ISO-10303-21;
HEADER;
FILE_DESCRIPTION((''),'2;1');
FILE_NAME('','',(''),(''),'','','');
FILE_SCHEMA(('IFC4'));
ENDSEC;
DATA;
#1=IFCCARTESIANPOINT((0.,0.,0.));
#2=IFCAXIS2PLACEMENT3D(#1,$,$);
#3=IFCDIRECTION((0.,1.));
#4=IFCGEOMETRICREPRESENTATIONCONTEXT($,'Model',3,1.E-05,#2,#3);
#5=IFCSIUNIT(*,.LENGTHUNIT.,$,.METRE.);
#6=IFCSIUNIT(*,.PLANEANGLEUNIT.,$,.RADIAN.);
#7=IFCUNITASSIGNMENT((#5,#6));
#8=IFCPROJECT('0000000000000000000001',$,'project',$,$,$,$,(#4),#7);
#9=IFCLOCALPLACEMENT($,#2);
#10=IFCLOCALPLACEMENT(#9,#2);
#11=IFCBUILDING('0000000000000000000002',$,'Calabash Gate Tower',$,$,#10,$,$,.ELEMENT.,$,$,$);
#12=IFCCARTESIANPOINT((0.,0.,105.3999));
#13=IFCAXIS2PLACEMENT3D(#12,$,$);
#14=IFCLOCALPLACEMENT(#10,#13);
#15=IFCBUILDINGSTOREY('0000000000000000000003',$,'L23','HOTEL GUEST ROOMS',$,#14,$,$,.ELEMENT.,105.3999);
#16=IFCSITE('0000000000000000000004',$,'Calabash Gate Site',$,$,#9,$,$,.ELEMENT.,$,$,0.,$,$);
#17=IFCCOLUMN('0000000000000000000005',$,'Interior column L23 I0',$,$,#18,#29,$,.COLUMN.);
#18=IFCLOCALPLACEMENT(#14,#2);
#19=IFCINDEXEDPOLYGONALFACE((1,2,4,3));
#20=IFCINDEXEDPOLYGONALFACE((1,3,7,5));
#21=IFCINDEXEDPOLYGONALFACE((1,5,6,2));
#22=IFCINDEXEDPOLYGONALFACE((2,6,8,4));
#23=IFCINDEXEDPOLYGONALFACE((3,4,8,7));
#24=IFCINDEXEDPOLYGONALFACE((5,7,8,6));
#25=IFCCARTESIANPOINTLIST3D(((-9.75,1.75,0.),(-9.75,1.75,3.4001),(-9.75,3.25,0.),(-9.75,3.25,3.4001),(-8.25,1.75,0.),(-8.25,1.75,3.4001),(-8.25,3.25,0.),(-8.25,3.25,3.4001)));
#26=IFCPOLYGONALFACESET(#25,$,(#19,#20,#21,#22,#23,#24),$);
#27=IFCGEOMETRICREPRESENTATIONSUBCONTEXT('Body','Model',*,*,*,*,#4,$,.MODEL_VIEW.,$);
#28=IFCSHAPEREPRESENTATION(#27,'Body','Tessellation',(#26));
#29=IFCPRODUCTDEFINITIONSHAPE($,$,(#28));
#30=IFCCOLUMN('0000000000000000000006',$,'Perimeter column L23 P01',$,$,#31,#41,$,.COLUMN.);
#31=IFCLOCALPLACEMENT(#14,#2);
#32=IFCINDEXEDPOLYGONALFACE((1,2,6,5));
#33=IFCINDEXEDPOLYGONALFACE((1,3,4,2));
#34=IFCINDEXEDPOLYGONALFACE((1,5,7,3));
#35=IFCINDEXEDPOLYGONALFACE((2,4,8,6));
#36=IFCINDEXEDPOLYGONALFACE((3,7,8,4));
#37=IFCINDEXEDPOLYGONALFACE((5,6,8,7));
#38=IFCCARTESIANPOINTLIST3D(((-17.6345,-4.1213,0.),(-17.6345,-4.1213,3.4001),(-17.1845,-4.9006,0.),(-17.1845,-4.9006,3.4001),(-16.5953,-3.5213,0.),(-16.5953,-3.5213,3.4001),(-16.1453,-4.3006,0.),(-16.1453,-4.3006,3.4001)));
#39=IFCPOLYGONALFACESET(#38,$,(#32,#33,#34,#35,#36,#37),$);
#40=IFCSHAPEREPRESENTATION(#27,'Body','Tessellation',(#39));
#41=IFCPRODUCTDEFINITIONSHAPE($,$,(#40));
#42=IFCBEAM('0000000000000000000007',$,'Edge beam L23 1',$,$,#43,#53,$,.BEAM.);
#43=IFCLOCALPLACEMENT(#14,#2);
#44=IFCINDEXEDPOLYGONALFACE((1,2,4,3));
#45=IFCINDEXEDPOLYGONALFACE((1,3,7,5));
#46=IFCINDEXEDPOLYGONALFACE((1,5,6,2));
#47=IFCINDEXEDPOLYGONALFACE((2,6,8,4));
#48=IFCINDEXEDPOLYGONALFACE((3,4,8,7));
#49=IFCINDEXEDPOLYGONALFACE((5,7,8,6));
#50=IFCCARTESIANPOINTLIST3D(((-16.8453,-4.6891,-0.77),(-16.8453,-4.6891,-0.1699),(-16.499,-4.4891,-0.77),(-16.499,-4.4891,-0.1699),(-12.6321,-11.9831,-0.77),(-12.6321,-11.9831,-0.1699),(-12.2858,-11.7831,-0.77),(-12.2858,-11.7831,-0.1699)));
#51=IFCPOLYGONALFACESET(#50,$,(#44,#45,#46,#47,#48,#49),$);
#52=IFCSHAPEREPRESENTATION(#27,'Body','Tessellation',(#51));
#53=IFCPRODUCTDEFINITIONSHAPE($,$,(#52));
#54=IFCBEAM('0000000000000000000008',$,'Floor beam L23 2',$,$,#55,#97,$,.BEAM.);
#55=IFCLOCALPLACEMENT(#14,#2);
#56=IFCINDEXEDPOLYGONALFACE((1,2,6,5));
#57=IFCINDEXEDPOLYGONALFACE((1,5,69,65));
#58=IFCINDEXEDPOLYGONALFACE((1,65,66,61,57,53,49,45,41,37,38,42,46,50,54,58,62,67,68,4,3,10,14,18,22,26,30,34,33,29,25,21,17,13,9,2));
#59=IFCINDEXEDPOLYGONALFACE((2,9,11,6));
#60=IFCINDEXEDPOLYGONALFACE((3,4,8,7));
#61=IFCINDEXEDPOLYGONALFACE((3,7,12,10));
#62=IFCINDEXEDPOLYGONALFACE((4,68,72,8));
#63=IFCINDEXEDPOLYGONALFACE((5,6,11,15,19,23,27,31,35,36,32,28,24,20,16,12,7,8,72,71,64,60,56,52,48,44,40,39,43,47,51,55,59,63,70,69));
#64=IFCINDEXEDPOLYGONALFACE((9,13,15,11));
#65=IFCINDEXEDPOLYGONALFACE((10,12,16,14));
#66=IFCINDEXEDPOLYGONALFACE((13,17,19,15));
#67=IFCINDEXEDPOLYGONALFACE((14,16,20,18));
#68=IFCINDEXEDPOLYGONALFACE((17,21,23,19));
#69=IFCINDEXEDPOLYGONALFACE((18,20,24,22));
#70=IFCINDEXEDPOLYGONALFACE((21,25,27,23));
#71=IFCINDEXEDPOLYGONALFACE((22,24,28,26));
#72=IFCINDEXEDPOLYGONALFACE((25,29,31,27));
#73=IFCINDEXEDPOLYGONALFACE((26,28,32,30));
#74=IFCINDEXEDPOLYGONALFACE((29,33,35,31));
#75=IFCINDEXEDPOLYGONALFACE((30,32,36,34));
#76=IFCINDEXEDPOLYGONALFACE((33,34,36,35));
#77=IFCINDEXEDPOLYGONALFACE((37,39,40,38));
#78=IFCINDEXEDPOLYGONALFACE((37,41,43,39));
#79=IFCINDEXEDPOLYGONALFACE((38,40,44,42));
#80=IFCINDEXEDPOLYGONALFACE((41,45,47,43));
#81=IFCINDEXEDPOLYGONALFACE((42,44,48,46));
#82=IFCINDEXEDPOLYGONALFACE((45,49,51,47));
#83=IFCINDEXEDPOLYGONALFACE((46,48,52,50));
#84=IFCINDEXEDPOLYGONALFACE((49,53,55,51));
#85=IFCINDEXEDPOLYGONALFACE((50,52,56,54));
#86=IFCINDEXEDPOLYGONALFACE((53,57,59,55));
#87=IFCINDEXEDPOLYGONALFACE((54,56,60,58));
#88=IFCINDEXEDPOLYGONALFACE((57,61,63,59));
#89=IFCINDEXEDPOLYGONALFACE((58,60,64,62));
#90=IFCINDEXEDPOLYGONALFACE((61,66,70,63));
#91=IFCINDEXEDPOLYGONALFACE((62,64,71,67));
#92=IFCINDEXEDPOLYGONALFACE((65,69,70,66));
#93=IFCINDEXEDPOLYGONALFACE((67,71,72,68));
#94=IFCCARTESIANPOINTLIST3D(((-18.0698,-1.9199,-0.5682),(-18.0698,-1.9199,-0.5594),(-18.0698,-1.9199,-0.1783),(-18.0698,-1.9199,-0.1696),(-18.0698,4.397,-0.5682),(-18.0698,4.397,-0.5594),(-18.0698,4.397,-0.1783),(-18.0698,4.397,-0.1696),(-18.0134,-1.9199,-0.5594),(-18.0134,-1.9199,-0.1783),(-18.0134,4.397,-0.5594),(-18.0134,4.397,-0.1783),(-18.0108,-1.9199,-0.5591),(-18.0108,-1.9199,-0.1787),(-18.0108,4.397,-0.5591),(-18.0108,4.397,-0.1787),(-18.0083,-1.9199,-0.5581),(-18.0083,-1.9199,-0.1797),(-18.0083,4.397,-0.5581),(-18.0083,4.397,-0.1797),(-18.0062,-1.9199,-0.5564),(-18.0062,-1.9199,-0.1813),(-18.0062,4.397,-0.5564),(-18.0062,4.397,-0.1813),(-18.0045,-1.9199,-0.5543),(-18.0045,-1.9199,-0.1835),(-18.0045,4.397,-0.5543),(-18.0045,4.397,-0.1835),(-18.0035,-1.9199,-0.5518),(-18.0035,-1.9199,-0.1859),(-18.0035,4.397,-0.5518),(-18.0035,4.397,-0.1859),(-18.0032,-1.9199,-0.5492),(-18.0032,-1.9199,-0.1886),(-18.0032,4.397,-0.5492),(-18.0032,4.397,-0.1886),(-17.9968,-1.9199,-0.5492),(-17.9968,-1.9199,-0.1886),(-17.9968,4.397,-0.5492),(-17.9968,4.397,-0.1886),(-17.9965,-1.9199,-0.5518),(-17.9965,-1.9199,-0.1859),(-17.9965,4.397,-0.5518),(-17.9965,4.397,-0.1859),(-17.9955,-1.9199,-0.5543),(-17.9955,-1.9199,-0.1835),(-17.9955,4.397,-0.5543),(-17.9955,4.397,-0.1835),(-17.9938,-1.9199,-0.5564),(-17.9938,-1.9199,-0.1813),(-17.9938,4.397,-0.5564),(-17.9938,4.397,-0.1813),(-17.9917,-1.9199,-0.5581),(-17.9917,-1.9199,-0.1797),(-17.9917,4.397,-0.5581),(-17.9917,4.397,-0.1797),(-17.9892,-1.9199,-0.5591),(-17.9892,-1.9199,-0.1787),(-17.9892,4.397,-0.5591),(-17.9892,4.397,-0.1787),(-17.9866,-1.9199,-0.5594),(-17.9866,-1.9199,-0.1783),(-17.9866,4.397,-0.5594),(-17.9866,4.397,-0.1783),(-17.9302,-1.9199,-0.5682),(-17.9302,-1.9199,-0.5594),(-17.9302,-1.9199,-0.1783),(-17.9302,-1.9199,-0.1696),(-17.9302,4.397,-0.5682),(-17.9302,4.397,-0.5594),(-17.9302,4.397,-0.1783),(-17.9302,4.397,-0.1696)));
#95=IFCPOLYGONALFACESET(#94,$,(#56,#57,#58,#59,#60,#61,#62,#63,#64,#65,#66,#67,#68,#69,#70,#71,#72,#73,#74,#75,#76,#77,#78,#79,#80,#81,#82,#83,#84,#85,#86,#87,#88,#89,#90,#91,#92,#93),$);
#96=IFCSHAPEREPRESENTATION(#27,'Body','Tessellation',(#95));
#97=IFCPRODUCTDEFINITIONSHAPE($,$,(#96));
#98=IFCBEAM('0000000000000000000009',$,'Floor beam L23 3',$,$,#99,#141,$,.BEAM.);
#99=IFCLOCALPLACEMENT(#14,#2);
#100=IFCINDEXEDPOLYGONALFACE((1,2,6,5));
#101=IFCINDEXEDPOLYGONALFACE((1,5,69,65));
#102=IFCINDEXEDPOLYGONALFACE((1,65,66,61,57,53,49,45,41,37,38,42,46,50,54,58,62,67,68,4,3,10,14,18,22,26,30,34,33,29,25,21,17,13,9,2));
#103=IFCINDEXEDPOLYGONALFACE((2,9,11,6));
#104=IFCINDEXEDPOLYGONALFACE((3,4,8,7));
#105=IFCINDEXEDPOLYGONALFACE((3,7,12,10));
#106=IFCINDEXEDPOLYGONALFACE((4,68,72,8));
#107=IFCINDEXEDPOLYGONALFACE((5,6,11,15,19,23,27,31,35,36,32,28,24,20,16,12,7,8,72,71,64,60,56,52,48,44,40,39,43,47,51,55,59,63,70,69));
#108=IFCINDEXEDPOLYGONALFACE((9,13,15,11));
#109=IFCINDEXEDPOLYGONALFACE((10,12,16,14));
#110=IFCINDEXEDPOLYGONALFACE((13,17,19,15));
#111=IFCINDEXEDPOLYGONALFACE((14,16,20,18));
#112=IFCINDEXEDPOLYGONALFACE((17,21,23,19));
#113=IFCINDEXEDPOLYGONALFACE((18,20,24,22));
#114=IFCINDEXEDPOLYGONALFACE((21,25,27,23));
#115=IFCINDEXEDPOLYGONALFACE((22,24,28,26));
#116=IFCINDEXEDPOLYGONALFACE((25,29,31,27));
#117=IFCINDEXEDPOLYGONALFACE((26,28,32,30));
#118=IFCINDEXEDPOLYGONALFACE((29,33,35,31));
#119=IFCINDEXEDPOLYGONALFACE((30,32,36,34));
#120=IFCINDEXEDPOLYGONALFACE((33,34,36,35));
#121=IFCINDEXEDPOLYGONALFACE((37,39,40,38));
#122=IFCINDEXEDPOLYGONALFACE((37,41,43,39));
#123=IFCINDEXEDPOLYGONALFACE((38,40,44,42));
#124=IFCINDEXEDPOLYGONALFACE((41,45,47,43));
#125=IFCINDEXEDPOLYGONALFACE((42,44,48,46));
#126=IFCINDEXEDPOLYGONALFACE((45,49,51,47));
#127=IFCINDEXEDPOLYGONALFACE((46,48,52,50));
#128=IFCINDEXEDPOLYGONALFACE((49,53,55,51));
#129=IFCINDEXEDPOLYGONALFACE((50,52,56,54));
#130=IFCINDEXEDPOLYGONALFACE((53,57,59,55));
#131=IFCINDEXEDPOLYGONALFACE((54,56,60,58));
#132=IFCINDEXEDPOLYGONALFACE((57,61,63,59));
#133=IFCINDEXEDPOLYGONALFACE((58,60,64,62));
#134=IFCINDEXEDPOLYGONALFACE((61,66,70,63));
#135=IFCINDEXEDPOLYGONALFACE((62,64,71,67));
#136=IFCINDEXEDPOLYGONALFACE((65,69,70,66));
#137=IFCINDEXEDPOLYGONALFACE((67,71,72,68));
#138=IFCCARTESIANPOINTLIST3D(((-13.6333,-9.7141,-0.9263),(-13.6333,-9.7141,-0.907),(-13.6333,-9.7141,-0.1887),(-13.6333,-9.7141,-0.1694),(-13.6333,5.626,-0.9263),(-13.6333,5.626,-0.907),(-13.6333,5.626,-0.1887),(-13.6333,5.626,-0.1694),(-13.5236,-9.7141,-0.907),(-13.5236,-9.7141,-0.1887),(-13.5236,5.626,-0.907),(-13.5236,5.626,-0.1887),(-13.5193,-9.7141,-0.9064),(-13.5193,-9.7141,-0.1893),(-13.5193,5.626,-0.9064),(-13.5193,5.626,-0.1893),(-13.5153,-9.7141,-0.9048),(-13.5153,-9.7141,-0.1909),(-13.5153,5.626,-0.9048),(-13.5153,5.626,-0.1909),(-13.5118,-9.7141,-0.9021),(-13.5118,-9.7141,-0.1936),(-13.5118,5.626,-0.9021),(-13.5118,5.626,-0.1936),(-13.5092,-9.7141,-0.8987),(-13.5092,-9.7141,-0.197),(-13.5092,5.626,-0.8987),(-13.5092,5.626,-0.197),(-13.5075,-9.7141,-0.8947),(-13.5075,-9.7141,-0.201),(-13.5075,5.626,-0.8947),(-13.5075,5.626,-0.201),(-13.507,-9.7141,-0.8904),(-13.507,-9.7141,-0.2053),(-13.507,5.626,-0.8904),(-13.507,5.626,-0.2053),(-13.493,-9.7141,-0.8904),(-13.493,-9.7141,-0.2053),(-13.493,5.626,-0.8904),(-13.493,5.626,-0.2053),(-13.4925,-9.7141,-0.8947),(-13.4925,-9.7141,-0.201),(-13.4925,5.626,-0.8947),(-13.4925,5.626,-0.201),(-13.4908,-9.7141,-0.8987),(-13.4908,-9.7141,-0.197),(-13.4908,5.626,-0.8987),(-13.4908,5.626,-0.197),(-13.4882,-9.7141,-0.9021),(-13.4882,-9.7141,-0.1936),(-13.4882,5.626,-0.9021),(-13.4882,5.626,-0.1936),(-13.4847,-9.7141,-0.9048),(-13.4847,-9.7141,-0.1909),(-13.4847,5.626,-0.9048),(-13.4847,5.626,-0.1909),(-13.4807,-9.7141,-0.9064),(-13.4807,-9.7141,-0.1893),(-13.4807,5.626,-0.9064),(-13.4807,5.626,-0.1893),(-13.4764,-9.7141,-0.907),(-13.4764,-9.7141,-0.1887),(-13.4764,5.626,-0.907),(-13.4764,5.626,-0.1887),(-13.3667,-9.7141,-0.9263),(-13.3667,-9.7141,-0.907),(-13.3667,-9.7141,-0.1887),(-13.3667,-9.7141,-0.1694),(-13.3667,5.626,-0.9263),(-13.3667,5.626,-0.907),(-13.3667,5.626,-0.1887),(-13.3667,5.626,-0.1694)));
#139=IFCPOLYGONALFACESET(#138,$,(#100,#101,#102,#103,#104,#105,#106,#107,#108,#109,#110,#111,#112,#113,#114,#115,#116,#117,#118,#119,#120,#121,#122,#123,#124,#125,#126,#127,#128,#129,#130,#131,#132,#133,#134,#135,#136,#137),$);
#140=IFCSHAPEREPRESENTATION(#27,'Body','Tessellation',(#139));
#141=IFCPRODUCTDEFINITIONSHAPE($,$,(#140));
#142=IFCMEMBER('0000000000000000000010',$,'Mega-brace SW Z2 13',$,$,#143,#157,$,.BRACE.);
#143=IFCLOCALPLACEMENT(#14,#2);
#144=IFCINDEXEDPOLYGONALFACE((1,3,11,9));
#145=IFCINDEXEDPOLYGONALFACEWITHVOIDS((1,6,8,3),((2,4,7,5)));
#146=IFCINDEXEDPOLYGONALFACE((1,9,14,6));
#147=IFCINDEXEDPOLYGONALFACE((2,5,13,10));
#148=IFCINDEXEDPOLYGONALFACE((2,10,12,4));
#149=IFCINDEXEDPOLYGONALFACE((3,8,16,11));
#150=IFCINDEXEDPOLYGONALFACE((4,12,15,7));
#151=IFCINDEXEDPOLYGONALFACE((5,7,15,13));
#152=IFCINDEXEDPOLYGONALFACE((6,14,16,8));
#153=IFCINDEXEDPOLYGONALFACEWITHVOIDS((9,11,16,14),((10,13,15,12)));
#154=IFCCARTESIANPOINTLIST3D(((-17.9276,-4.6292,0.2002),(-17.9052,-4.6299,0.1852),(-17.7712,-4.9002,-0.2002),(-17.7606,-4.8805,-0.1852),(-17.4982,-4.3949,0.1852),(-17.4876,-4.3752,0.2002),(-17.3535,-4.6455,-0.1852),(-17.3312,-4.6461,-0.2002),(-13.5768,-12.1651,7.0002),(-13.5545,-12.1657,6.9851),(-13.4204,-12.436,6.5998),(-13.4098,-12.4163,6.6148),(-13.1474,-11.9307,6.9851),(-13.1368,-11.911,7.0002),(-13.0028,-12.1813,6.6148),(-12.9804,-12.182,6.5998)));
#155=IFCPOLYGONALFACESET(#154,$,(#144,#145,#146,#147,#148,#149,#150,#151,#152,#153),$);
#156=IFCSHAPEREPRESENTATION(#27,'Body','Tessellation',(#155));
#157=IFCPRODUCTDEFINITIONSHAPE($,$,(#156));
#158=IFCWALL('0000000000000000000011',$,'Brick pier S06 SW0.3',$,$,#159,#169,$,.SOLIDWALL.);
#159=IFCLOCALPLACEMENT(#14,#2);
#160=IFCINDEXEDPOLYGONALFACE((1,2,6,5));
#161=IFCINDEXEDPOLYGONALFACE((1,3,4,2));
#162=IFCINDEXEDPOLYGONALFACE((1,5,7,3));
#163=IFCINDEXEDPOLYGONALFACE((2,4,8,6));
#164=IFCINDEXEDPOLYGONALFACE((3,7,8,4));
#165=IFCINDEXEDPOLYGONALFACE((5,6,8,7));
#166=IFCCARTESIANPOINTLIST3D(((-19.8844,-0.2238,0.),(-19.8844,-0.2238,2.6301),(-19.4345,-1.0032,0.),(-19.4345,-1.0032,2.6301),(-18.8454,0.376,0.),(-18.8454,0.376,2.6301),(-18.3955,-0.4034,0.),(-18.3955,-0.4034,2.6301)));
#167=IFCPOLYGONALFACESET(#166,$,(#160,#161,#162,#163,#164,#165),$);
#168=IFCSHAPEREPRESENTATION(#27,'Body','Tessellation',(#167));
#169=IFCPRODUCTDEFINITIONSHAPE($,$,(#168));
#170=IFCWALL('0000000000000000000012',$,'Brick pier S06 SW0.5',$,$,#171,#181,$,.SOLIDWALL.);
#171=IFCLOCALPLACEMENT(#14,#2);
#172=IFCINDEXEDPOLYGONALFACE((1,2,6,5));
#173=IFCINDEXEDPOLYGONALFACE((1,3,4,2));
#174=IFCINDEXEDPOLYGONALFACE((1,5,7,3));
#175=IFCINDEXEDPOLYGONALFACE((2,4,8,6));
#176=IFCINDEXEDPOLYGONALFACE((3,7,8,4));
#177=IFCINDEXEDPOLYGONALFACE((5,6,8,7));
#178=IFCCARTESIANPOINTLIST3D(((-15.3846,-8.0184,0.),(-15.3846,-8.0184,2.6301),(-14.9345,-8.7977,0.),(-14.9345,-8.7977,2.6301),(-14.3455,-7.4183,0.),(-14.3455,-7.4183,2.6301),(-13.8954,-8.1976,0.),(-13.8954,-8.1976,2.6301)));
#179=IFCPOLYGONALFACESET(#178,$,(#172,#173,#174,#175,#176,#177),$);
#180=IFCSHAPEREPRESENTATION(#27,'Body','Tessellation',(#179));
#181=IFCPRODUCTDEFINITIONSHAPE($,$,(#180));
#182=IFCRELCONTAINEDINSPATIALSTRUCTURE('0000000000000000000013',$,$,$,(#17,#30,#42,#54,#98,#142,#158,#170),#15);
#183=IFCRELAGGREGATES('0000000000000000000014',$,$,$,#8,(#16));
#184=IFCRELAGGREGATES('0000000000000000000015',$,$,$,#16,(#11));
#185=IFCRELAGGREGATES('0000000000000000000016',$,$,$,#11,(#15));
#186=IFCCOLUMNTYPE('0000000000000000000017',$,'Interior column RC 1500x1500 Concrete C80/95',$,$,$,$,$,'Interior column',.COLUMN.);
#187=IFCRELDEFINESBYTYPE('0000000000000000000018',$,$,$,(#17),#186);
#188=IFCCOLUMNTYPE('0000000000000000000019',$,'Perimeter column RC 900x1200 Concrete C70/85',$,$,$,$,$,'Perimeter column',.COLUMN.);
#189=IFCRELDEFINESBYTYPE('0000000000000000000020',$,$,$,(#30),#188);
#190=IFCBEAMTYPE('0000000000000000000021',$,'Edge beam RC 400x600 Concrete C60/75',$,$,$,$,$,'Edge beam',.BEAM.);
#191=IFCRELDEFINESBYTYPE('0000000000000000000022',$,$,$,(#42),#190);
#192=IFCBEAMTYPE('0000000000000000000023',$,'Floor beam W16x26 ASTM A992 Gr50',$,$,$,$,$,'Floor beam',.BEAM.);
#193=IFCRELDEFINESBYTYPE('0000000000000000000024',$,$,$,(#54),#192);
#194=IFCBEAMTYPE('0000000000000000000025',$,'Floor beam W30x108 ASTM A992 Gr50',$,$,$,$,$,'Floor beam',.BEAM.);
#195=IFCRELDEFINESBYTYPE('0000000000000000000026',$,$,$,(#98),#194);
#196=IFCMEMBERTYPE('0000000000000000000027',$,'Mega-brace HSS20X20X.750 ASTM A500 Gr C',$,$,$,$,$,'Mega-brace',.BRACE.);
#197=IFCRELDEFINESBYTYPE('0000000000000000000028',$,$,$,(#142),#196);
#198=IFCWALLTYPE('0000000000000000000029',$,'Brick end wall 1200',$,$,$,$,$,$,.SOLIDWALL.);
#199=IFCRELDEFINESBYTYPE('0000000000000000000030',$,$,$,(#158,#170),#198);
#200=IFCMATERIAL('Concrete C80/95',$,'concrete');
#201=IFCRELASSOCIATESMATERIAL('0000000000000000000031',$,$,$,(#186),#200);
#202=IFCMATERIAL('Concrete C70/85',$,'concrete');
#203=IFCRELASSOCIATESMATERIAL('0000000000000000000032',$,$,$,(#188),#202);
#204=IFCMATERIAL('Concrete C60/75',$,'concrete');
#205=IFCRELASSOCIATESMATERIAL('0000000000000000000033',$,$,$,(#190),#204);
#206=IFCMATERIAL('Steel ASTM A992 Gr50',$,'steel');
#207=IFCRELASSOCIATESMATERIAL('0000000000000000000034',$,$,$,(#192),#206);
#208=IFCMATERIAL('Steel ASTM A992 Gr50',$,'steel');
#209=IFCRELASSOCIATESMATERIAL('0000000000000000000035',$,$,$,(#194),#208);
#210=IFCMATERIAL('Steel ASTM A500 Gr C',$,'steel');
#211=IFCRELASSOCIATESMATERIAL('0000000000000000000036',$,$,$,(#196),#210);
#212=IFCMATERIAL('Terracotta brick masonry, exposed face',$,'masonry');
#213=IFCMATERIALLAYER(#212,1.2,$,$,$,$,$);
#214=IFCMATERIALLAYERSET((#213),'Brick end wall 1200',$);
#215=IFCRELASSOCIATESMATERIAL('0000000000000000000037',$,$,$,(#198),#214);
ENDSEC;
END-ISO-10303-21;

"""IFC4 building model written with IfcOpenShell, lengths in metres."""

from ifc_helpers import new_model, si_unit, direction, frame, frame_2d, origin, origin_2d, place, context, subcontext, project, spatial, rectangle, hollow_rectangle, i_section, extrude, material, layer, layer_set, material_profile, profile_set, type_object, element, save


model = new_model("IFC4")

# Units and contexts
model_context = context("Model", 3, precision=1e-05, world=origin(), true_north=direction((0.0, 1.0)))
body_context = subcontext(model_context, "Body", "Model", "MODEL_VIEW")
ifc_project = project(units=[si_unit("LENGTHUNIT", "METRE"), si_unit("PLANEANGLEUNIT", "RADIAN")], contexts=[model_context])

# Site, building, storey
site_placement = place(None, origin())
site = spatial("IfcSite", under=ifc_project, at=site_placement, Name="Calabash Gate Site", CompositionType="ELEMENT", RefElevation=0.0)
building_placement = place(site_placement, origin())
building = spatial("IfcBuilding", under=site, at=building_placement, Name="Calabash Gate Tower", CompositionType="ELEMENT")
storey_placement = place(building_placement, frame((0.0, 0.0, 105.3999)))
storey = spatial("IfcBuildingStorey", under=building, at=storey_placement, Name="L23", Description="HOTEL GUEST ROOMS", CompositionType="ELEMENT", Elevation=105.3999)

# Columns
ifc_material_1 = material(Name="Concrete C80/95", Category="concrete")
ifc_material_profile_1 = material_profile(ifc_material_1, rectangle(XDim=1.5, YDim=1.5, at=origin_2d()))
ifc_profile_set_1 = profile_set([ifc_material_profile_1], Name="Concrete C80/95")
column_type_1 = type_object("IfcColumnType", Name="Interior column RC 1500x1500 Concrete C80/95", ElementType="Interior column", PredefinedType="COLUMN", material=ifc_profile_set_1)
column_1_placement = place(storey_placement, frame((-9.0, 2.5, 0.0), z_axis=(0.0, 0.0, 1.0), x_axis=(1.0, 0.0, 0.0)))
element("IfcColumn", 1, at=column_1_placement, inside=storey, type_object=column_type_1, Name="Interior column L23 I0", PredefinedType="COLUMN", context=body_context, shape_type="SweptSolid", body=[
    extrude(rectangle(XDim=1.5, YDim=1.5, at=origin_2d()), origin(), (0.0, 0.0, 1.0), 3.4001),
])
ifc_material_2 = material(Name="Concrete C70/85", Category="concrete")
ifc_material_profile_2 = material_profile(ifc_material_2, rectangle(XDim=0.8999, YDim=1.2, at=origin_2d()))
ifc_profile_set_2 = profile_set([ifc_material_profile_2], Name="Concrete C70/85")
column_type_2 = type_object("IfcColumnType", Name="Perimeter column RC 900x1200 Concrete C70/85", ElementType="Perimeter column", PredefinedType="COLUMN", material=ifc_profile_set_2)
column_2_placement = place(storey_placement, frame((-16.8899, -4.2109, 0.0), z_axis=(0.0, 0.0, 1.0), x_axis=(0.5, -0.866025, 0.0)))
element("IfcColumn", 2, at=column_2_placement, inside=storey, type_object=column_type_2, Name="Perimeter column L23 P01", PredefinedType="COLUMN", context=body_context, shape_type="SweptSolid", body=[
    extrude(rectangle(XDim=0.8999, YDim=1.2, at=origin_2d()), origin(), (0.0, 0.0, 1.0), 3.4001),
])

# Beams
ifc_material_3 = material(Name="Concrete C60/75", Category="concrete")
ifc_material_profile_3 = material_profile(ifc_material_3, rectangle(XDim=0.3999, YDim=0.6001, at=origin_2d()))
ifc_profile_set_3 = profile_set([ifc_material_profile_3], Name="Concrete C60/75")
beam_type_1 = type_object("IfcBeamType", Name="Edge beam RC 400x600 Concrete C60/75", ElementType="Edge beam", PredefinedType="BEAM", material=ifc_profile_set_3)
beam_1_placement = place(storey_placement, frame((-16.6721, -4.5891, -0.47), z_axis=(0.500176, -0.865924, 0.0), x_axis=(0.865924, 0.500176, 0.0)))
element("IfcBeam", 3, at=beam_1_placement, inside=storey, type_object=beam_type_1, Name="Edge beam L23 1", PredefinedType="BEAM", context=body_context, shape_type="SweptSolid", body=[
    extrude(rectangle(XDim=0.3999, YDim=0.6001, at=origin_2d()), origin(), (0.0, 0.0, 1.0), 8.4233),
])
ifc_material_4 = material(Name="Steel ASTM A992 Gr50", Category="steel")
ifc_material_profile_4 = material_profile(ifc_material_4, i_section(OverallWidth=0.1396, OverallDepth=0.3987, WebThickness=0.0063, FlangeThickness=0.0088, FilletRadius=0.0103, at=origin_2d()))
ifc_profile_set_4 = profile_set([ifc_material_profile_4], Name="Steel ASTM A992 Gr50")
beam_type_2 = type_object("IfcBeamType", Name="Floor beam W16x26 ASTM A992 Gr50", ElementType="Floor beam", PredefinedType="BEAM", material=ifc_profile_set_4)
beam_2_placement = place(storey_placement, frame((-18.0, -1.9199, -0.3689), z_axis=(0.0, 1.0, 0.0), x_axis=(-1.0, 0.0, 0.0)))
element("IfcBeam", 4, at=beam_2_placement, inside=storey, type_object=beam_type_2, Name="Floor beam L23 2", PredefinedType="BEAM", context=body_context, shape_type="SweptSolid", body=[
    extrude(i_section(OverallWidth=0.1396, OverallDepth=0.3987, WebThickness=0.0063, FlangeThickness=0.0088, FilletRadius=0.0103, at=origin_2d()), origin(), (0.0, 0.0, 1.0), 6.3169),
])
ifc_material_5 = material(Name="Steel ASTM A992 Gr50", Category="steel")
ifc_material_profile_5 = material_profile(ifc_material_5, i_section(OverallWidth=0.2666, OverallDepth=0.7568, WebThickness=0.0139, FlangeThickness=0.0193, FilletRadius=0.0166, at=origin_2d()))
ifc_profile_set_5 = profile_set([ifc_material_profile_5], Name="Steel ASTM A992 Gr50")
beam_type_3 = type_object("IfcBeamType", Name="Floor beam W30x108 ASTM A992 Gr50", ElementType="Floor beam", PredefinedType="BEAM", material=ifc_profile_set_5)
beam_3_placement = place(storey_placement, frame((-13.5, -9.7141, -0.5479), z_axis=(0.0, 1.0, 0.0), x_axis=(-1.0, 0.0, 0.0)))
element("IfcBeam", 5, at=beam_3_placement, inside=storey, type_object=beam_type_3, Name="Floor beam L23 3", PredefinedType="BEAM", context=body_context, shape_type="SweptSolid", body=[
    extrude(i_section(OverallWidth=0.2666, OverallDepth=0.7568, WebThickness=0.0139, FlangeThickness=0.0193, FilletRadius=0.0166, at=origin_2d()), origin(), (0.0, 0.0, 1.0), 15.3401),
])

# Member
ifc_material_6 = material(Name="Steel ASTM A500 Gr C", Category="steel")
ifc_material_profile_6 = material_profile(ifc_material_6, hollow_rectangle(XDim=0.5081, YDim=0.5081, WallThickness=0.019, at=origin_2d()))
ifc_profile_set_6 = profile_set([ifc_material_profile_6], Name="Steel ASTM A500 Gr C")
member_type = type_object("IfcMemberType", Name="Mega-brace HSS20X20X.750 ASTM A500 Gr C", ElementType="Mega-brace", PredefinedType="BRACE", material=ifc_profile_set_6)
member_placement = place(storey_placement, frame((-17.6294, -4.6377, 0.0), z_axis=(0.39397, -0.682379, 0.615748), x_axis=(0.866026, 0.499999, 0.0)))
element("IfcMember", 6, at=member_placement, inside=storey, type_object=member_type, Name="Mega-brace SW Z2 13", PredefinedType="BRACE", context=body_context, shape_type="SweptSolid", body=[
    extrude(hollow_rectangle(XDim=0.5081, YDim=0.5081, WallThickness=0.019, at=origin_2d()), origin(), (0.0, 0.0, 1.0), 11.0435),
])

# Walls
ifc_material_7 = material(Name="Terracotta brick masonry, exposed face", Category="masonry")
ifc_layer_1 = layer(ifc_material_7, 1.2)
ifc_layer_set_1 = layer_set([ifc_layer_1], Name="Brick end wall 1200")
wall_type_1 = type_object("IfcWallType", Name="Brick end wall 1200", PredefinedType="SOLIDWALL", material=ifc_layer_set_1)
wall_1_placement = place(storey_placement, frame((-19.6594, -0.6135, 0.0), z_axis=(0.0, 0.0, 1.0), x_axis=(0.866043, 0.499969, 0.0)))
element("IfcWall", 7, at=wall_1_placement, inside=storey, type_object=wall_type_1, Name="Brick pier S06 SW0.3", PredefinedType="SOLIDWALL", context=body_context, shape_type="SweptSolid", body=[
    extrude(rectangle(XDim=1.1997, YDim=0.8999, at=frame_2d((0.5999, 0.0))), origin(), (0.0, 0.0, 1.0), 2.6301),
])
wall_2_placement = place(storey_placement, frame((-14.1204, -7.8079, 0.0), z_axis=(0.0, 0.0, 1.0), x_axis=(-0.865955, -0.500122, 0.0)))
element("IfcWall", 8, at=wall_2_placement, inside=storey, type_object=wall_type_1, Name="Brick pier S06 SW0.5", PredefinedType="SOLIDWALL", context=body_context, shape_type="SweptSolid", body=[
    extrude(rectangle(XDim=1.2, YDim=0.8999, at=frame_2d((0.6001, 0.0))), origin(), (0.0, 0.0, 1.0), 2.6301),
])

save(model, "model.ifc")
